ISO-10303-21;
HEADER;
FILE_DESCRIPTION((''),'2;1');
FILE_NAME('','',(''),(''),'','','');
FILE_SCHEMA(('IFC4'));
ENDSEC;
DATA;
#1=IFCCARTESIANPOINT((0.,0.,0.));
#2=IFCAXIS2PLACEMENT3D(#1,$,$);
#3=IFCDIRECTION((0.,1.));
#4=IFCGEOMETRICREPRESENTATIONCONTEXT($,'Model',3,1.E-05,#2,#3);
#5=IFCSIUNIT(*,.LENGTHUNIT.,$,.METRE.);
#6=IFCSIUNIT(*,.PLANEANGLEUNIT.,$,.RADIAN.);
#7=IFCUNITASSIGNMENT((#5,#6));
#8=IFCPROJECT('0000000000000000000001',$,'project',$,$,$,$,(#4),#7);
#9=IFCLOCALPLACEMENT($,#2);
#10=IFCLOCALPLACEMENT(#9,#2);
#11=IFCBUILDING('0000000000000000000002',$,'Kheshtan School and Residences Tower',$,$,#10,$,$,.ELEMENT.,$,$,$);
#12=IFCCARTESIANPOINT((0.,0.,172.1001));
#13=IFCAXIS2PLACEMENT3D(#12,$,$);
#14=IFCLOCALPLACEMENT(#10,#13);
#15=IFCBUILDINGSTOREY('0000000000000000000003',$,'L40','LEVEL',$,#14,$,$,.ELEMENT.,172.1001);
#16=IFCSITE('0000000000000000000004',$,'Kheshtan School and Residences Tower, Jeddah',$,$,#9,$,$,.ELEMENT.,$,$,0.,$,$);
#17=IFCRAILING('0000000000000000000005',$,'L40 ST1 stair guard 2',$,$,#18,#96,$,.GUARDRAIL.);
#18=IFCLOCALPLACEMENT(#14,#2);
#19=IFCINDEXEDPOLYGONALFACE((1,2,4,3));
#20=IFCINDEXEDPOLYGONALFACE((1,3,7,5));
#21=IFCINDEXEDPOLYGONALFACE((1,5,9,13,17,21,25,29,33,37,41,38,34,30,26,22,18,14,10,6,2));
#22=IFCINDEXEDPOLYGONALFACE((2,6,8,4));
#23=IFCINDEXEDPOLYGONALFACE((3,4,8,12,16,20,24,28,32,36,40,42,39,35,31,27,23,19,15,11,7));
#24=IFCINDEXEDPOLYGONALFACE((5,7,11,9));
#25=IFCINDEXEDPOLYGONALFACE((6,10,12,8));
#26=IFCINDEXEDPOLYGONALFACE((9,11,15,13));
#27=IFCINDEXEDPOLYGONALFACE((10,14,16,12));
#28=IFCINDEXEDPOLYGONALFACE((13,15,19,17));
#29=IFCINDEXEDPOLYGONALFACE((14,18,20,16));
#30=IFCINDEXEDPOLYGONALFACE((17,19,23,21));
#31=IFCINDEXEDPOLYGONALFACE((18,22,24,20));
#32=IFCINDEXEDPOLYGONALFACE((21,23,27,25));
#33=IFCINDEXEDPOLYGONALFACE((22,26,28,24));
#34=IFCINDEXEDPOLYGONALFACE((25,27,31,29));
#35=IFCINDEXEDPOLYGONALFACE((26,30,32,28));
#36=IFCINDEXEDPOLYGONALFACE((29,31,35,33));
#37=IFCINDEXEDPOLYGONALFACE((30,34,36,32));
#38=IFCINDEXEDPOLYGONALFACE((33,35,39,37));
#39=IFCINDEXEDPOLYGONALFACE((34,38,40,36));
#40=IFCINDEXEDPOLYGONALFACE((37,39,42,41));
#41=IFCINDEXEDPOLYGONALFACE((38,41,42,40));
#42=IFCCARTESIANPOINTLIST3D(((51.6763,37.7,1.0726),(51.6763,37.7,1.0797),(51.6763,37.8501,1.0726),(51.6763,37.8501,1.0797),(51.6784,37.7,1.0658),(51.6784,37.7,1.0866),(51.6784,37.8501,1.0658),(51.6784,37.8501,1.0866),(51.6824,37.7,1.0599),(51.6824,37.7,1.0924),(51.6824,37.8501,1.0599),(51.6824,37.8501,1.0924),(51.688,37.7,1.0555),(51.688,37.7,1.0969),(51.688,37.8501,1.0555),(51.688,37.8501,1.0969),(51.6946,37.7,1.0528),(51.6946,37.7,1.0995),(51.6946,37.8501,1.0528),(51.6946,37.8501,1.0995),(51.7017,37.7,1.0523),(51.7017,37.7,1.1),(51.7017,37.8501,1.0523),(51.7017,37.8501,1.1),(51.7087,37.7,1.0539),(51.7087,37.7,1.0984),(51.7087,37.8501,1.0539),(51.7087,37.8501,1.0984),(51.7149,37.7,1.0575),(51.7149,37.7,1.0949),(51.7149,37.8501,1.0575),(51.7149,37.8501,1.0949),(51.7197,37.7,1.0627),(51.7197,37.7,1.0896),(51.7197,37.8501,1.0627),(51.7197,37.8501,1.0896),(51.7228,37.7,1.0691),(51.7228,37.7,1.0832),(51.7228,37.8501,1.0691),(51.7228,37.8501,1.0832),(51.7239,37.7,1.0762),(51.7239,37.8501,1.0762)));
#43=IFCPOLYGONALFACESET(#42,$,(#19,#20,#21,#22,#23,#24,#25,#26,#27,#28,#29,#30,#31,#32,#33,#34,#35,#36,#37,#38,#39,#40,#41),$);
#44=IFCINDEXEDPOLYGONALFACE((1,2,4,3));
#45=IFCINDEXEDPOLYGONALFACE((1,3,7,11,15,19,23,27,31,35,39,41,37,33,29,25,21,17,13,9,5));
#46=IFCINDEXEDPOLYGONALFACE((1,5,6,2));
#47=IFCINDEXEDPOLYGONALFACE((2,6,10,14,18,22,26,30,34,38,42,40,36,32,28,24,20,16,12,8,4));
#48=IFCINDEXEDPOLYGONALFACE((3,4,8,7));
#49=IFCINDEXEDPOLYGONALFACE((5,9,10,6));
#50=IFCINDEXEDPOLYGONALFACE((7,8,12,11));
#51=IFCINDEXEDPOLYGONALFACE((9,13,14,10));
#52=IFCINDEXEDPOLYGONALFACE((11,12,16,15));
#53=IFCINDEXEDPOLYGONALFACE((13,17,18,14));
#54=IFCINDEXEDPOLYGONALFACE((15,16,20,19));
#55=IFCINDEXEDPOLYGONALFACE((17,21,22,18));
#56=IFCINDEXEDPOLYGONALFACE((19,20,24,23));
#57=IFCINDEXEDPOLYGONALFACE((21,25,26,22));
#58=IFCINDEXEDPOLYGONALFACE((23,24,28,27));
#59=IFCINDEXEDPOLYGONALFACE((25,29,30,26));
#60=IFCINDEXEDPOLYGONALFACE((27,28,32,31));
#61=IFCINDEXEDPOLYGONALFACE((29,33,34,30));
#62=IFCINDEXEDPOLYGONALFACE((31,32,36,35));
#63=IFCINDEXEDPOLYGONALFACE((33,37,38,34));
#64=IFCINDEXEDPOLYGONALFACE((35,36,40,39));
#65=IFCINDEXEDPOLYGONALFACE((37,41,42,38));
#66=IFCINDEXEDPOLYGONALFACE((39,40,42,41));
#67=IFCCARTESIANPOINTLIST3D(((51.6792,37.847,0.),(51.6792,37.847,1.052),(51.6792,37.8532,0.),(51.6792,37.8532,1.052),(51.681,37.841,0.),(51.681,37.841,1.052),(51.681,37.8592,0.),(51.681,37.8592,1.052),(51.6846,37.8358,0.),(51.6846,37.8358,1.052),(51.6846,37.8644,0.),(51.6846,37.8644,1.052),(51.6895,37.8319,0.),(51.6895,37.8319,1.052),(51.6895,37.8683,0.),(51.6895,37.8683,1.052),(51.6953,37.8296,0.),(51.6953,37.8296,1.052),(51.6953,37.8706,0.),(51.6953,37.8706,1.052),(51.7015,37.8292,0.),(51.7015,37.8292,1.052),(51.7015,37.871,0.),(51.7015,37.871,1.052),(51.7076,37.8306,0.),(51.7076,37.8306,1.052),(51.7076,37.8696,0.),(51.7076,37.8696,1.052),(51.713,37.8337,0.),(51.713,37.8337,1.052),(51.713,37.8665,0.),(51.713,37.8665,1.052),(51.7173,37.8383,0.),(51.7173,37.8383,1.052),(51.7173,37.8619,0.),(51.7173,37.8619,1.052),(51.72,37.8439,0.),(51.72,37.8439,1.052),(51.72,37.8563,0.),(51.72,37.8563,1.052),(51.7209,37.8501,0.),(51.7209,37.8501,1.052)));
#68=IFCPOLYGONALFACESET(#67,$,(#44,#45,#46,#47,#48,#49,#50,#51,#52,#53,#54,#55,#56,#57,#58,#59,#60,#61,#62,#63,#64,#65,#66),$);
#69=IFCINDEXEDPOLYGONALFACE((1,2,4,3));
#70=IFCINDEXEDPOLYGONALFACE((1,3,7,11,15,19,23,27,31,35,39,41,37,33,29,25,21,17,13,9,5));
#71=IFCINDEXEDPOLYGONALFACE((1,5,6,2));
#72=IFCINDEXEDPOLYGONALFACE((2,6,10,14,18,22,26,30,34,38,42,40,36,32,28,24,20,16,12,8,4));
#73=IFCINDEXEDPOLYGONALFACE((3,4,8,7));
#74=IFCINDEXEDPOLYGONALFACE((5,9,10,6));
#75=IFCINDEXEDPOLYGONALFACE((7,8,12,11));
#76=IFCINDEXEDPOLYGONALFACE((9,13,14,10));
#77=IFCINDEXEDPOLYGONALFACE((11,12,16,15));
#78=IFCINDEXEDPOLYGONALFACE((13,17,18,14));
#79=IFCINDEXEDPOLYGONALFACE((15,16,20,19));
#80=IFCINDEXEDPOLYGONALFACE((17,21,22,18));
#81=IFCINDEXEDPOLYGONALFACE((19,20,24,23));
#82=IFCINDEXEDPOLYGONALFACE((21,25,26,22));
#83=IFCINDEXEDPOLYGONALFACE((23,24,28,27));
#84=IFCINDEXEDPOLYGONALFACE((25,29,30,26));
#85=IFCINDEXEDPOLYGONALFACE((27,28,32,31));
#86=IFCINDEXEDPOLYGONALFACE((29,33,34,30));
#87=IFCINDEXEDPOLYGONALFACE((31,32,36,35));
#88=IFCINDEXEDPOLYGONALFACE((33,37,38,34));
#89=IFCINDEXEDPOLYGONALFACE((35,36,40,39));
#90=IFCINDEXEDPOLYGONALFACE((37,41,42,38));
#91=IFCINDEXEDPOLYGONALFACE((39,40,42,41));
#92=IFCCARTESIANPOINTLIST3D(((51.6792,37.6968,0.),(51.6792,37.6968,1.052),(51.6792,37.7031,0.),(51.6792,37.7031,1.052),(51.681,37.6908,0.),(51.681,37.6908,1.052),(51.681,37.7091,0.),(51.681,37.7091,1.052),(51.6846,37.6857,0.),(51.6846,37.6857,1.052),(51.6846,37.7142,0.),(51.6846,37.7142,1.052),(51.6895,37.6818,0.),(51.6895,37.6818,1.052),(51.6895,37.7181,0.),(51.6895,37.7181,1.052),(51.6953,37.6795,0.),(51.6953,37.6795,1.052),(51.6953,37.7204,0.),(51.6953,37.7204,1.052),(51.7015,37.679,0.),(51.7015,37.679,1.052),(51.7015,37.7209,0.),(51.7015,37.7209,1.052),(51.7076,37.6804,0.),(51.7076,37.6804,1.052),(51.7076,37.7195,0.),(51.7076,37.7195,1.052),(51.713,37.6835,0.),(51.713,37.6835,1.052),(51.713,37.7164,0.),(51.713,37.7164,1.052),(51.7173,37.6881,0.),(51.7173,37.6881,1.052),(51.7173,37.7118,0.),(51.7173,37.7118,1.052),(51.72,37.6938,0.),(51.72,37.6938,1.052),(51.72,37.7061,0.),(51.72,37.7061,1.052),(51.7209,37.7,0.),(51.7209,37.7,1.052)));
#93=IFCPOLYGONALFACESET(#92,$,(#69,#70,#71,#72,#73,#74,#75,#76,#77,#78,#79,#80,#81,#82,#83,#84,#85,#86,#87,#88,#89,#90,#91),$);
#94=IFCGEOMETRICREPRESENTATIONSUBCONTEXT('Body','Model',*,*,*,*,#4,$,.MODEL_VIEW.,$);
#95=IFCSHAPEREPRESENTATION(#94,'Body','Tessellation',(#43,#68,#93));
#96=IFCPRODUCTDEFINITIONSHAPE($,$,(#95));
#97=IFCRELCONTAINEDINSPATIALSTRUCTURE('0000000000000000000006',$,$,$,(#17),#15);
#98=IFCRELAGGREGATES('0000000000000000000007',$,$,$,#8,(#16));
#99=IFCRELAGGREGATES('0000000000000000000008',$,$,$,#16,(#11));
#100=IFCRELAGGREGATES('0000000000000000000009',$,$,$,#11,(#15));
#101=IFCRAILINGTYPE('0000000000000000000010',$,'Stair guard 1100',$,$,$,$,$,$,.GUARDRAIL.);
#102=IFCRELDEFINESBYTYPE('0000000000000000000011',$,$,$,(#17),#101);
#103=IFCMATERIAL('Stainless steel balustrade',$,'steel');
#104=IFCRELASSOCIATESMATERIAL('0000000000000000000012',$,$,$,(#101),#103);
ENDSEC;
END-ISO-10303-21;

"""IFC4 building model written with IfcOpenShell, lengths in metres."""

from ifc_helpers import new_model, si_unit, direction, frame, origin, origin_2d, place, context, subcontext, project, spatial, circle, extrude, material, type_object, element, save


model = new_model("IFC4")

# Units and contexts
model_context = context("Model", 3, precision=1e-05, world=origin(), true_north=direction((0.0, 1.0)))
body_context = subcontext(model_context, "Body", "Model", "MODEL_VIEW")
ifc_project = project(units=[si_unit("LENGTHUNIT", "METRE"), si_unit("PLANEANGLEUNIT", "RADIAN")], contexts=[model_context])

# Site, building, storey
site_placement = place(None, origin())
site = spatial("IfcSite", under=ifc_project, at=site_placement, Name="Kheshtan School and Residences Tower, Jeddah", CompositionType="ELEMENT", RefElevation=0.0)
building_placement = place(site_placement, origin())
building = spatial("IfcBuilding", under=site, at=building_placement, Name="Kheshtan School and Residences Tower", CompositionType="ELEMENT")
storey_placement = place(building_placement, frame((0.0, 0.0, 172.1001)))
storey = spatial("IfcBuildingStorey", under=building, at=storey_placement, Name="L40", Description="LEVEL", CompositionType="ELEMENT", Elevation=172.1001)

# Railing
ifc_material_1 = material(Name="Stainless steel balustrade", Category="steel")
railing_type_1 = type_object("IfcRailingType", Name="Stair guard 1100", PredefinedType="GUARDRAIL", material=ifc_material_1)
railing_1_placement = place(storey_placement, frame((51.7, 37.8501, 0.0)))
element("IfcRailing", 1, at=railing_1_placement, inside=storey, type_object=railing_type_1, Name="L40 ST1 stair guard 2", PredefinedType="GUARDRAIL", context=body_context, shape_type="SweptSolid", body=[
    extrude(circle(Radius=0.0239, at=origin_2d()), frame((0.0, 0.0, 1.0762), z_axis=(0.0, -1.0, 0.0), x_axis=(1.0, 0.0, 0.0)), (0.0, 0.0, 1.0), 0.1501),
    extrude(circle(Radius=0.021, at=origin_2d()), origin(), (0.0, 0.0, 1.0), 1.052),
    extrude(circle(Radius=0.021, at=origin_2d()), frame((0.0, -0.1501, 0.0)), (0.0, 0.0, 1.0), 1.052),
])

save(model, "model.ifc")
